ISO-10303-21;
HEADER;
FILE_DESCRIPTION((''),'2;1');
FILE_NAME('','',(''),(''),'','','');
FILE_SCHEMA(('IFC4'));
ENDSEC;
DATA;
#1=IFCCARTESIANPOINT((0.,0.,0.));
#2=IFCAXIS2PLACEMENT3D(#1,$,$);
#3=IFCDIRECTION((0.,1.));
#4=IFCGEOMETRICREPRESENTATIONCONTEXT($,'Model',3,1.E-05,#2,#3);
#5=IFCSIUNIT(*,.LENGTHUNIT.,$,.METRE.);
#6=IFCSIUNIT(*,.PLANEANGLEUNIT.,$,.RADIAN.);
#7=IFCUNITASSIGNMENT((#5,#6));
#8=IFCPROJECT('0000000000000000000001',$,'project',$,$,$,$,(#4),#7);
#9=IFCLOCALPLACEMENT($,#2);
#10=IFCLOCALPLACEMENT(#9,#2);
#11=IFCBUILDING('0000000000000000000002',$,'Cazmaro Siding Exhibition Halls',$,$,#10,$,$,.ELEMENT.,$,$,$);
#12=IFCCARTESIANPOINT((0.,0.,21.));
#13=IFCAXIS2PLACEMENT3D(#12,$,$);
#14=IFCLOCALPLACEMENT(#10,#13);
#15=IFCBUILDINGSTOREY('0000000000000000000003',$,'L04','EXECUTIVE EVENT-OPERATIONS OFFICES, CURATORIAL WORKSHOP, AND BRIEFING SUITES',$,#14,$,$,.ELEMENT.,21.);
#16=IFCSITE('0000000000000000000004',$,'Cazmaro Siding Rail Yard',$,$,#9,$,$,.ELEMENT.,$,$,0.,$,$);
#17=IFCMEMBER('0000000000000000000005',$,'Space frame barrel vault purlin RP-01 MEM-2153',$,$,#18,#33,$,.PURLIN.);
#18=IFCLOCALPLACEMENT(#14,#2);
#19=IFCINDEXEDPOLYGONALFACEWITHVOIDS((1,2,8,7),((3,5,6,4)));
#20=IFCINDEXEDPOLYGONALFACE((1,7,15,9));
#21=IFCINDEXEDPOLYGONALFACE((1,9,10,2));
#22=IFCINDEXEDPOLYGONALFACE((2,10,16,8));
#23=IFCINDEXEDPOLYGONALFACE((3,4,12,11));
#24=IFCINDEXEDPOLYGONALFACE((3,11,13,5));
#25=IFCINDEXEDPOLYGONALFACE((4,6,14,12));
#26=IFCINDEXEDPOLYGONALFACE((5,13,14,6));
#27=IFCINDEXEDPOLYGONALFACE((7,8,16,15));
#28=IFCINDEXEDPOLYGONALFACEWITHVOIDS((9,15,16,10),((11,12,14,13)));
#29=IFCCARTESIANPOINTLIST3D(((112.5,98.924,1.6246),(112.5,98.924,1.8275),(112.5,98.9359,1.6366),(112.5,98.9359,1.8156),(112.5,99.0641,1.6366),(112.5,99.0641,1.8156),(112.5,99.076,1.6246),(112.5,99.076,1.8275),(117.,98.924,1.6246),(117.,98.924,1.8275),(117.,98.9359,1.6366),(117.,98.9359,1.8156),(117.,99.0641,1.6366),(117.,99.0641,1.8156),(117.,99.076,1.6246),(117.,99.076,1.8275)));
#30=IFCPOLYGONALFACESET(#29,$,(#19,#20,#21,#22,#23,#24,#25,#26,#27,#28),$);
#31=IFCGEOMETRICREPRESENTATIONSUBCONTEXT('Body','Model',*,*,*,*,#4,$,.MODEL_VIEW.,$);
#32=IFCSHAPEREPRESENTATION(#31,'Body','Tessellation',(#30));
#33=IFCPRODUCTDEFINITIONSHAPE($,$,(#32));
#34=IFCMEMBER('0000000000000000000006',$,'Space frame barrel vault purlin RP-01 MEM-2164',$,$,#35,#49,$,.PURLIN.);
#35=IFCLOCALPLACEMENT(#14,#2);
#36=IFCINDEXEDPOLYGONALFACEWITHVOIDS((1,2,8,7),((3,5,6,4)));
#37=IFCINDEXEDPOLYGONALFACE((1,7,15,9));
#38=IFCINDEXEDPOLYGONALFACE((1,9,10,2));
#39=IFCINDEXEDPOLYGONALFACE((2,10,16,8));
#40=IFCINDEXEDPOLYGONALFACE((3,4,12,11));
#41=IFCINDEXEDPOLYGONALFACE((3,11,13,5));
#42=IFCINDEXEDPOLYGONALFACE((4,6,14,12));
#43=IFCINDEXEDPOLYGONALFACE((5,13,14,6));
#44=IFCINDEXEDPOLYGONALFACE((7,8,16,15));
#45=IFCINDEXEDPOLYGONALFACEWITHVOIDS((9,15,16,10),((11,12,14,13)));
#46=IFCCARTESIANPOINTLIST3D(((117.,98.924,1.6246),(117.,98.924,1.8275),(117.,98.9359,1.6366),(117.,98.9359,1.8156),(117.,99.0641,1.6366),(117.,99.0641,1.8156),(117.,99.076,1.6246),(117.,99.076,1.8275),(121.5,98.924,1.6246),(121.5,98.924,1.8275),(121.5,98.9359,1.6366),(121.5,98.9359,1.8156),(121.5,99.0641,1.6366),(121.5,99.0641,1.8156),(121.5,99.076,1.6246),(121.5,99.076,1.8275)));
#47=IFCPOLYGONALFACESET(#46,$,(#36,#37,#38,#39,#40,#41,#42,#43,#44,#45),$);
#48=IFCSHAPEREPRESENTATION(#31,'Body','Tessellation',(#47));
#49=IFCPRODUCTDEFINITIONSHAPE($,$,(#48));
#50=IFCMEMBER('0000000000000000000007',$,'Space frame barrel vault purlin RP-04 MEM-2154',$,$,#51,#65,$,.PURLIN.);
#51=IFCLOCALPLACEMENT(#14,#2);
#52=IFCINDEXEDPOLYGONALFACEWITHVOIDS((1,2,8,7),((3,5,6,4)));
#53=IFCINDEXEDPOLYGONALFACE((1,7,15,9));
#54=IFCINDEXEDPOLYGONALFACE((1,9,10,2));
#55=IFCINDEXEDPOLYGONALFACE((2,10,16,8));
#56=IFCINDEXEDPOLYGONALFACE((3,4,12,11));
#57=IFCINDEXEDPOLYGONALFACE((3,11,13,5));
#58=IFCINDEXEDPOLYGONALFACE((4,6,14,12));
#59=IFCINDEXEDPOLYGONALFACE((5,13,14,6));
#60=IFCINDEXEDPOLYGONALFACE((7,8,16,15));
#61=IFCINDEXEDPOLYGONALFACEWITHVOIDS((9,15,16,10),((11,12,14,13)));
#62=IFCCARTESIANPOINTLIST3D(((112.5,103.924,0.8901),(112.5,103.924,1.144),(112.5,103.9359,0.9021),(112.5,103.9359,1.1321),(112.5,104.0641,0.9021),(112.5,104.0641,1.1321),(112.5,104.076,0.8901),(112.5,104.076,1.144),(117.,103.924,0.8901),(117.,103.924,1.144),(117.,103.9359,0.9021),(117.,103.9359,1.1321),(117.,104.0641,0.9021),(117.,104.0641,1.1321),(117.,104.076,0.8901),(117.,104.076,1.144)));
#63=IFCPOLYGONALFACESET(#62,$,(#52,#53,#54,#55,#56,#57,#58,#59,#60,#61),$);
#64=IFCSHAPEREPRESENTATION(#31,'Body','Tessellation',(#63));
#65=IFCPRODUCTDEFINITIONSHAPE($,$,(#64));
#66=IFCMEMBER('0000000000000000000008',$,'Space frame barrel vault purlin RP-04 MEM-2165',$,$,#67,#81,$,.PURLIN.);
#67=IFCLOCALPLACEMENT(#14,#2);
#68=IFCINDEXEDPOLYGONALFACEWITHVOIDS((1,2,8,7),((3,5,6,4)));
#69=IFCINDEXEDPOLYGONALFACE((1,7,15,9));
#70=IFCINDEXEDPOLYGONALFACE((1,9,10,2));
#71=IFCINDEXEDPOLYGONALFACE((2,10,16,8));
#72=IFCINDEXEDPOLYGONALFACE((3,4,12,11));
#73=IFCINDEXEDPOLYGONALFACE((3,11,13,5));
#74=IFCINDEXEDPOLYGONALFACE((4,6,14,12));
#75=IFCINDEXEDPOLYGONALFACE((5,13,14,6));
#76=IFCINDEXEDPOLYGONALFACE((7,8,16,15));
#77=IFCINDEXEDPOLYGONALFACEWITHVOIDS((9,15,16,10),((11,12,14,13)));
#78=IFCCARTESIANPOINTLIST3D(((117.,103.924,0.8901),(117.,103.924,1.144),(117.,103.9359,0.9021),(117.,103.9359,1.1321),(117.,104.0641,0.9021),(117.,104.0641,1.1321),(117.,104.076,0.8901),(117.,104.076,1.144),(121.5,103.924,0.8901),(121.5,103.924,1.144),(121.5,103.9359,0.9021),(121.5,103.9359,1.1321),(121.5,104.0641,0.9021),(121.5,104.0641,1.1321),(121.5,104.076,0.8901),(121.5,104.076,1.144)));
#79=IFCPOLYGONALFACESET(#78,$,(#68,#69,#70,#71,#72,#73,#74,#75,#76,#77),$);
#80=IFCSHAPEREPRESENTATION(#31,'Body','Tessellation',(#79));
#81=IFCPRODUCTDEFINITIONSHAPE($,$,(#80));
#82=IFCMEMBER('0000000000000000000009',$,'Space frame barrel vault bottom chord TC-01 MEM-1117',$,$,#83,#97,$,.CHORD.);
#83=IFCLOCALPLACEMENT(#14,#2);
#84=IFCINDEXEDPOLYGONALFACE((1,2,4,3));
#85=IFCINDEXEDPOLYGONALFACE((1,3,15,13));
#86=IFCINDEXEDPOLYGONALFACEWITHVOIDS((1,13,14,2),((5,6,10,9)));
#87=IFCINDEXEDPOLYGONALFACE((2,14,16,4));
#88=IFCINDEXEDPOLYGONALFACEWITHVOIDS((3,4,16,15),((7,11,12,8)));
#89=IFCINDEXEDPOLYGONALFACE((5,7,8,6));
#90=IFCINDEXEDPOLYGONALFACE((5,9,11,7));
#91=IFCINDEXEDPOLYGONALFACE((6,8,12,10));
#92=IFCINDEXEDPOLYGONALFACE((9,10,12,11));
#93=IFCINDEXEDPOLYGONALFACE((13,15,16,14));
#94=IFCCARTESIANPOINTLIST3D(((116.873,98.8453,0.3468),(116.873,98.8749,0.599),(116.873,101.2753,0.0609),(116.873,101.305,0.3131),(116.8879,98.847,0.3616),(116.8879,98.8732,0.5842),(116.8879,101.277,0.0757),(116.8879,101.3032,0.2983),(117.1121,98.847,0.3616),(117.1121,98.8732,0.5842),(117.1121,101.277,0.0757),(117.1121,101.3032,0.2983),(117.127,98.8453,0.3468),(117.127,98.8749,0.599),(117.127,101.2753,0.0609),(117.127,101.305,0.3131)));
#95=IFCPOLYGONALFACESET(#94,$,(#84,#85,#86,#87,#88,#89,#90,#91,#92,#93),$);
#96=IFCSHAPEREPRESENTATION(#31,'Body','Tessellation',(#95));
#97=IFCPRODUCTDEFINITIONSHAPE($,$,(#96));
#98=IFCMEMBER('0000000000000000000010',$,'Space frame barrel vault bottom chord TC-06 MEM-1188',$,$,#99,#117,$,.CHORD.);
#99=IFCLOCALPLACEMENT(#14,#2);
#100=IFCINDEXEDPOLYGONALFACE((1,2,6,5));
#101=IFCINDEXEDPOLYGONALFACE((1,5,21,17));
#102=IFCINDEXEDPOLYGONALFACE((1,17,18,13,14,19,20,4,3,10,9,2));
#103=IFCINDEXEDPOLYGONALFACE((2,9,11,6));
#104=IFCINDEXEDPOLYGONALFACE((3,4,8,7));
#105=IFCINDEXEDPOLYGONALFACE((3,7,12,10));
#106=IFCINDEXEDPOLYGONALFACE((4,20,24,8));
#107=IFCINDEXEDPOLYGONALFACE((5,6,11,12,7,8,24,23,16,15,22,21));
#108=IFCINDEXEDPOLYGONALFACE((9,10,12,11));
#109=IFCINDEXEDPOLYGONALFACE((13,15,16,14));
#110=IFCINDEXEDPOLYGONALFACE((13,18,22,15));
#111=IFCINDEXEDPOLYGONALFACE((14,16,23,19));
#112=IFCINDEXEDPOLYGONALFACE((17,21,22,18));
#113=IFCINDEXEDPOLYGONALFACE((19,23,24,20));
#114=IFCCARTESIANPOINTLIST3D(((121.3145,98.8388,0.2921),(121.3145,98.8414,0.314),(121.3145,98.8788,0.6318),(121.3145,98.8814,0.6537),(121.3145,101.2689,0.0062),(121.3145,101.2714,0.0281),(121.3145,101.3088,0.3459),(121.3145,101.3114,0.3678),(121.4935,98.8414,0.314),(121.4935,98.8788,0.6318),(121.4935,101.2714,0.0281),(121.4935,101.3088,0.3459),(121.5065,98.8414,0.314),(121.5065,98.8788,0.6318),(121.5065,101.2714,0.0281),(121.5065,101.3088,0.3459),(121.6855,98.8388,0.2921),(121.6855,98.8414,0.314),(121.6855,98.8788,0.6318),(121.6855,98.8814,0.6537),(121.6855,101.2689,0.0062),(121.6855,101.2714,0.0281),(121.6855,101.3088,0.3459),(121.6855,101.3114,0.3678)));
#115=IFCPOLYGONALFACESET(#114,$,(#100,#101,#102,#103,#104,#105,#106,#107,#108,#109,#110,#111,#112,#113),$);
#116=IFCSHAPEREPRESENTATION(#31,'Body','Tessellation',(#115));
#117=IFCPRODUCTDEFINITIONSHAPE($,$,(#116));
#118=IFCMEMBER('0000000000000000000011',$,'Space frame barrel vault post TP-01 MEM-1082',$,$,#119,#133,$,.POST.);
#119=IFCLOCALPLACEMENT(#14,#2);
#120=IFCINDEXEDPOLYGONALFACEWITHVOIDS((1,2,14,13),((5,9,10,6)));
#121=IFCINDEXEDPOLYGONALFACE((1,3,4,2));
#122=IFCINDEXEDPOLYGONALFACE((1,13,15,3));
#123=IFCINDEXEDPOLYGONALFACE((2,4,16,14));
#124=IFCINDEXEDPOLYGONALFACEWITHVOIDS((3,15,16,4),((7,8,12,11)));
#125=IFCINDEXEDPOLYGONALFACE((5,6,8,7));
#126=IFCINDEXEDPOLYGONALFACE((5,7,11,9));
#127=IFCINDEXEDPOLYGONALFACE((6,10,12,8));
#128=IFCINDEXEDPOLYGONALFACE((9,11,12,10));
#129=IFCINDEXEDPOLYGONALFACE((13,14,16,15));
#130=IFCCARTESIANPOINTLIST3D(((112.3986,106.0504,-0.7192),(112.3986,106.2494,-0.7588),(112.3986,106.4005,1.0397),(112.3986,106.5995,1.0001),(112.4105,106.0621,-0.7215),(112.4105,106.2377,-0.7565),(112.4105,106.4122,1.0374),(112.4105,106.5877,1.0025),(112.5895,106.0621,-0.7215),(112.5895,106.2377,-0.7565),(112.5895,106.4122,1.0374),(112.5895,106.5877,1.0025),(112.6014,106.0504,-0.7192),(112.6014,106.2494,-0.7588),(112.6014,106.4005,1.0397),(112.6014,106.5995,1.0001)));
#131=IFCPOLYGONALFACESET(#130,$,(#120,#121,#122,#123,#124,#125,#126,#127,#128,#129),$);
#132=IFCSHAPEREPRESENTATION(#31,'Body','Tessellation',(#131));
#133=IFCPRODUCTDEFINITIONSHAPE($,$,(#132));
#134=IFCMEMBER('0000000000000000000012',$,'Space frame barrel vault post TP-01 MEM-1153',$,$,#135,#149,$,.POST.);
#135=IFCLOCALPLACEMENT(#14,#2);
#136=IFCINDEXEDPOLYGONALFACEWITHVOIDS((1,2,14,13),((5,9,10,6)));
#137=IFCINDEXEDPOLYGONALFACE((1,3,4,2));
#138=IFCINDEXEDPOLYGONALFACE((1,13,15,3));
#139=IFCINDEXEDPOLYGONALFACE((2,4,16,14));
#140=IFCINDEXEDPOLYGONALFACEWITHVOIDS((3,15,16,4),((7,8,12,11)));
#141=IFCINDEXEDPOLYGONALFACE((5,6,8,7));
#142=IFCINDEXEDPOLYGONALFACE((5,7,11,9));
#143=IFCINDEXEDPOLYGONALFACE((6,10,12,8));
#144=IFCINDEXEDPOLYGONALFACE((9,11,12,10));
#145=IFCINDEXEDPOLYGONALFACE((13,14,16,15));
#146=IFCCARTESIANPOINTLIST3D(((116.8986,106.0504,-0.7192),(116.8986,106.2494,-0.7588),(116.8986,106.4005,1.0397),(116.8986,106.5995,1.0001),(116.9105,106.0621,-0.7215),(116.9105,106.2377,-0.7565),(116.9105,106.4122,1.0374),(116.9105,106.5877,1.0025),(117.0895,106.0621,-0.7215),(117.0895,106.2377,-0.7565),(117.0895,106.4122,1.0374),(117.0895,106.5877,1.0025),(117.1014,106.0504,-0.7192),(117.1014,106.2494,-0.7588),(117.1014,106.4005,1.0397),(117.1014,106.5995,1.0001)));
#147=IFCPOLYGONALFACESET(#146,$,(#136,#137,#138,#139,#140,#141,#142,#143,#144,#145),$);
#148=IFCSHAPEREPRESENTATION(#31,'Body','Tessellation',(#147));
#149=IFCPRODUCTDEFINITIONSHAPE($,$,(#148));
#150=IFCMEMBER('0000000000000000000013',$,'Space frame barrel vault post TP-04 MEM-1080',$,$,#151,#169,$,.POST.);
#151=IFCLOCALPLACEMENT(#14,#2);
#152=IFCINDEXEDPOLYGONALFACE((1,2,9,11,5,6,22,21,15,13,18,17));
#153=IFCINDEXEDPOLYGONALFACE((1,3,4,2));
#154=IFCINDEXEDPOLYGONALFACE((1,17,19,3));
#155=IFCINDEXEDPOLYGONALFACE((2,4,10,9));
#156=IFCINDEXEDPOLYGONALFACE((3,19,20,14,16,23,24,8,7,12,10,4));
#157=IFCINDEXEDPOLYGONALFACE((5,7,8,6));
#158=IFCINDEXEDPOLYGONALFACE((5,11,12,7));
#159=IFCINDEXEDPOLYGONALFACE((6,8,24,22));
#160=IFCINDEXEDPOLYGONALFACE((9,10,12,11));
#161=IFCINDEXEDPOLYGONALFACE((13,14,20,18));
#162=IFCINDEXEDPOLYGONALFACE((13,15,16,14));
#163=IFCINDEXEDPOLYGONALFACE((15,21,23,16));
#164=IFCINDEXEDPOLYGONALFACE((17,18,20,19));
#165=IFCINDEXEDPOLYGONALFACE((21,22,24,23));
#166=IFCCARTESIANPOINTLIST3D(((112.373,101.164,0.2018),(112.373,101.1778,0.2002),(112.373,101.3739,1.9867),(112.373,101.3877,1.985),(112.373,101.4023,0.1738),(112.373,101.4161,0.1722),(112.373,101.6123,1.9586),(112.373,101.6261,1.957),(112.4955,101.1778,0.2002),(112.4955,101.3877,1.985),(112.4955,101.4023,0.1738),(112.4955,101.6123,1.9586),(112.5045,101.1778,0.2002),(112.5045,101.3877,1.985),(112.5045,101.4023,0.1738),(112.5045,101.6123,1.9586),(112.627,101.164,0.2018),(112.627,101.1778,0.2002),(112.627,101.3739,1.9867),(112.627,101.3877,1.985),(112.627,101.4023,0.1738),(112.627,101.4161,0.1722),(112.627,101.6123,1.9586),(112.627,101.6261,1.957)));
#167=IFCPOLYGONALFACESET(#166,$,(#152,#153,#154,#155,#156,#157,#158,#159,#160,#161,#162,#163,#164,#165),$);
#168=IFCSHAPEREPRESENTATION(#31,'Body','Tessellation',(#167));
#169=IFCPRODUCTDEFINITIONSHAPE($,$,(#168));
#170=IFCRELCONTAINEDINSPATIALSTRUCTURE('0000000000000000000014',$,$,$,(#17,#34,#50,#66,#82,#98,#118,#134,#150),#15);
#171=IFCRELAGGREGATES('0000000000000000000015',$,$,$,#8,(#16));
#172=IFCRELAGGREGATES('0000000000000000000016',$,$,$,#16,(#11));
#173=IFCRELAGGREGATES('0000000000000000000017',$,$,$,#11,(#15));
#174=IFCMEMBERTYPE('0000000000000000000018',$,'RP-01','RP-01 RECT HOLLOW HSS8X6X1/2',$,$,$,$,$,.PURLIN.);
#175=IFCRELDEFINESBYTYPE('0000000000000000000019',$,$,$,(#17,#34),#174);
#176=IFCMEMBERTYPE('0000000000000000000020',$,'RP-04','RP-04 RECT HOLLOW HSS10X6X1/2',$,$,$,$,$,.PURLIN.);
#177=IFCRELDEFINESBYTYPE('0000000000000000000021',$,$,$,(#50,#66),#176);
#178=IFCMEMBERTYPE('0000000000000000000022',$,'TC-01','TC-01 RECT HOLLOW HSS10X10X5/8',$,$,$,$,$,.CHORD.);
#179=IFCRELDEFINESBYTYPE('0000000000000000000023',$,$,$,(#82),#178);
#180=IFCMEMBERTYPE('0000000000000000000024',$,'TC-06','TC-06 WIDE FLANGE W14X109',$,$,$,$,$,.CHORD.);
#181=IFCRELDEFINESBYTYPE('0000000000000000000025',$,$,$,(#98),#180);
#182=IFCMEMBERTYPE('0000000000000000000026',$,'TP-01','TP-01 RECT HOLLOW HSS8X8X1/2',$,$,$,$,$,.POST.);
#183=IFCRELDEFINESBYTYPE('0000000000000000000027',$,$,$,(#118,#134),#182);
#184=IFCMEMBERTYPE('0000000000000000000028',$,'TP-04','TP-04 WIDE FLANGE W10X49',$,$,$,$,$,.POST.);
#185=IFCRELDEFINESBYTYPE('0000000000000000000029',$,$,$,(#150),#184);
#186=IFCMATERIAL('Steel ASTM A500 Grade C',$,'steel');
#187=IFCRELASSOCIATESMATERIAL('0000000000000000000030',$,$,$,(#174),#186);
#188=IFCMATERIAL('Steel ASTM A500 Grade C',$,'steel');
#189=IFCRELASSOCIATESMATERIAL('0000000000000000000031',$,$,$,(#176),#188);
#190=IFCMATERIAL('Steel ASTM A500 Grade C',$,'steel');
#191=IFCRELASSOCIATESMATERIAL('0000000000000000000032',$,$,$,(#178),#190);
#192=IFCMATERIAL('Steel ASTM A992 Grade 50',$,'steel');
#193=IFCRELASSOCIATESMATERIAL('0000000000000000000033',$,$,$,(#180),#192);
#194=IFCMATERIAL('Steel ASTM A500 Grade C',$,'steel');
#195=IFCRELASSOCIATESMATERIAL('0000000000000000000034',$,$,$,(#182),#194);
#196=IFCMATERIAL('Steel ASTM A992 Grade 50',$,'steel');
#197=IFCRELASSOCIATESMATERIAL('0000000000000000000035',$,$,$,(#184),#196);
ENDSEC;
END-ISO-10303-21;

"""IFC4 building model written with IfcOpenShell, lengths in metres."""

from ifc_helpers import new_model, si_unit, direction, frame, origin, origin_2d, place, context, subcontext, project, spatial, hollow_rectangle, i_section, extrude, material, material_profile, profile_set, type_object, element, save


model = new_model("IFC4")

# Units and contexts
model_context = context("Model", 3, precision=1e-05, world=origin(), true_north=direction((0.0, 1.0)))
body_context = subcontext(model_context, "Body", "Model", "MODEL_VIEW")
ifc_project = project(units=[si_unit("LENGTHUNIT", "METRE"), si_unit("PLANEANGLEUNIT", "RADIAN")], contexts=[model_context])

# Site, building, storey
site_placement = place(None, origin())
site = spatial("IfcSite", under=ifc_project, at=site_placement, Name="Cazmaro Siding Rail Yard", CompositionType="ELEMENT", RefElevation=0.0)
building_placement = place(site_placement, origin())
building = spatial("IfcBuilding", under=site, at=building_placement, Name="Cazmaro Siding Exhibition Halls", CompositionType="ELEMENT")
storey_placement = place(building_placement, frame((0.0, 0.0, 21.0)))
storey = spatial("IfcBuildingStorey", under=building, at=storey_placement, Name="L04", Description="EXECUTIVE EVENT-OPERATIONS OFFICES, CURATORIAL WORKSHOP, AND BRIEFING SUITES", CompositionType="ELEMENT", Elevation=21.0)

# Members
ifc_material_1 = material(Name="Steel ASTM A500 Grade C", Category="steel")
ifc_material_profile_1 = material_profile(ifc_material_1, hollow_rectangle(XDim=0.1521, YDim=0.2029, WallThickness=0.012, at=origin_2d()), Name="HSS8X6X1/2")
ifc_profile_set_1 = profile_set([ifc_material_profile_1], Name="Steel ASTM A500 Grade C")
member_type_1 = type_object("IfcMemberType", Name="RP-01", Description="RP-01 RECT HOLLOW HSS8X6X1/2", PredefinedType="PURLIN", material=ifc_profile_set_1)
for number, where, z_axis, x_axis, name in (
    (1, (112.5, 99.0, 1.7261), (1.0, 0.0, 0.0), (0.0, 1.0, 0.0), "Space frame barrel vault purlin RP-01 MEM-2153"),
    (2, (117.0, 99.0, 1.7261), (1.0, 0.0, 0.0), (0.0, 1.0, 0.0), "Space frame barrel vault purlin RP-01 MEM-2164"),
):
    element("IfcMember", number, at=place(storey_placement, frame(where, z_axis=z_axis, x_axis=x_axis)), inside=storey, type_object=member_type_1, Name=name, PredefinedType="PURLIN", context=body_context, shape_type="SweptSolid", body=[
        extrude(hollow_rectangle(XDim=0.1521, YDim=0.2029, WallThickness=0.012, at=origin_2d()), origin(), (0.0, 0.0, 1.0), 4.5),
    ])
ifc_material_2 = material(Name="Steel ASTM A500 Grade C", Category="steel")
ifc_material_profile_2 = material_profile(ifc_material_2, hollow_rectangle(XDim=0.1521, YDim=0.2539, WallThickness=0.012, at=origin_2d()), Name="HSS10X6X1/2")
ifc_profile_set_2 = profile_set([ifc_material_profile_2], Name="Steel ASTM A500 Grade C")
member_type_2 = type_object("IfcMemberType", Name="RP-04", Description="RP-04 RECT HOLLOW HSS10X6X1/2", PredefinedType="PURLIN", material=ifc_profile_set_2)
for number, where, z_axis, x_axis, name in (
    (3, (112.5, 104.0, 1.0171), (1.0, 0.0, 0.0), (0.0, 1.0, 0.0), "Space frame barrel vault purlin RP-04 MEM-2154"),
    (4, (117.0, 104.0, 1.0171), (1.0, 0.0, 0.0), (0.0, 1.0, 0.0), "Space frame barrel vault purlin RP-04 MEM-2165"),
):
    element("IfcMember", number, at=place(storey_placement, frame(where, z_axis=z_axis, x_axis=x_axis)), inside=storey, type_object=member_type_2, Name=name, PredefinedType="PURLIN", context=body_context, shape_type="SweptSolid", body=[
        extrude(hollow_rectangle(XDim=0.1521, YDim=0.2539, WallThickness=0.012, at=origin_2d()), origin(), (0.0, 0.0, 1.0), 4.5),
    ])
ifc_material_3 = material(Name="Steel ASTM A500 Grade C", Category="steel")
ifc_material_profile_3 = material_profile(ifc_material_3, hollow_rectangle(XDim=0.2539, YDim=0.2539, WallThickness=0.0149, at=origin_2d()), Name="HSS10X10X5/8")
ifc_profile_set_3 = profile_set([ifc_material_profile_3], Name="Steel ASTM A500 Grade C")
member_type_3 = type_object("IfcMemberType", Name="TC-01", Description="TC-01 RECT HOLLOW HSS10X10X5/8", PredefinedType="CHORD", material=ifc_profile_set_3)
member_1_placement = place(storey_placement, frame((117.0, 98.8601, 0.4729), z_axis=(0.0, 0.99315, -0.116847), x_axis=(-1.0, 0.0, 0.0)))
element("IfcMember", 5, at=member_1_placement, inside=storey, type_object=member_type_3, Name="Space frame barrel vault bottom chord TC-01 MEM-1117", PredefinedType="CHORD", context=body_context, shape_type="SweptSolid", body=[
    extrude(hollow_rectangle(XDim=0.2539, YDim=0.2539, WallThickness=0.0149, at=origin_2d()), origin(), (0.0, 0.0, 1.0), 2.4468),
])
ifc_material_4 = material(Name="Steel ASTM A992 Grade 50", Category="steel")
ifc_material_profile_4 = material_profile(ifc_material_4, i_section(OverallWidth=0.3711, OverallDepth=0.364, WebThickness=0.0129, FlangeThickness=0.022, at=origin_2d()), Name="W14X109")
ifc_profile_set_4 = profile_set([ifc_material_profile_4], Name="Steel ASTM A992 Grade 50")
member_type_4 = type_object("IfcMemberType", Name="TC-06", Description="TC-06 WIDE FLANGE W14X109", PredefinedType="CHORD", material=ifc_profile_set_4)
member_2_placement = place(storey_placement, frame((121.5, 98.8601, 0.4729), z_axis=(0.0, 0.99315, -0.116847), x_axis=(-1.0, 0.0, 0.0)))
element("IfcMember", 6, at=member_2_placement, inside=storey, type_object=member_type_4, Name="Space frame barrel vault bottom chord TC-06 MEM-1188", PredefinedType="CHORD", context=body_context, shape_type="SweptSolid", body=[
    extrude(i_section(OverallWidth=0.3711, OverallDepth=0.364, WebThickness=0.0129, FlangeThickness=0.022, at=origin_2d()), origin(), (0.0, 0.0, 1.0), 2.4468),
])
ifc_material_5 = material(Name="Steel ASTM A500 Grade C", Category="steel")
ifc_material_profile_5 = material_profile(ifc_material_5, hollow_rectangle(XDim=0.2029, YDim=0.2029, WallThickness=0.012, at=origin_2d()), Name="HSS8X8X1/2")
ifc_profile_set_5 = profile_set([ifc_material_profile_5], Name="Steel ASTM A500 Grade C")
member_type_5 = type_object("IfcMemberType", Name="TP-01", Description="TP-01 RECT HOLLOW HSS8X8X1/2", PredefinedType="POST", material=ifc_profile_set_5)
for number, where, z_axis, x_axis, name in (
    (7, (112.5, 106.1499, -0.739), (0.0, 0.1952, 0.980763), (-1.0, 0.0, 0.0), "Space frame barrel vault post TP-01 MEM-1082"),
    (8, (117.0, 106.1499, -0.739), (0.0, 0.1952, 0.980763), (-1.0, 0.0, 0.0), "Space frame barrel vault post TP-01 MEM-1153"),
):
    element("IfcMember", number, at=place(storey_placement, frame(where, z_axis=z_axis, x_axis=x_axis)), inside=storey, type_object=member_type_5, Name=name, PredefinedType="POST", context=body_context, shape_type="SweptSolid", body=[
        extrude(hollow_rectangle(XDim=0.2029, YDim=0.2029, WallThickness=0.012, at=origin_2d()), origin(), (0.0, 0.0, 1.0), 1.7935),
    ])
ifc_material_6 = material(Name="Steel ASTM A992 Grade 50", Category="steel")
ifc_material_profile_6 = material_profile(ifc_material_6, i_section(OverallWidth=0.2539, OverallDepth=0.2539, WebThickness=0.009, FlangeThickness=0.0139, at=origin_2d()), Name="W10X49")
ifc_profile_set_6 = profile_set([ifc_material_profile_6], Name="Steel ASTM A992 Grade 50")
member_type_6 = type_object("IfcMemberType", Name="TP-04", Description="TP-04 WIDE FLANGE W10X49", PredefinedType="POST", material=ifc_profile_set_6)
member_3_placement = place(storey_placement, frame((112.5, 101.29, 0.187), z_axis=(0.0, 0.116825, 0.993152), x_axis=(-1.0, 0.0, 0.0)))
element("IfcMember", 9, at=member_3_placement, inside=storey, type_object=member_type_6, Name="Space frame barrel vault post TP-04 MEM-1080", PredefinedType="POST", context=body_context, shape_type="SweptSolid", body=[
    extrude(i_section(OverallWidth=0.2539, OverallDepth=0.2539, WebThickness=0.009, FlangeThickness=0.0139, at=origin_2d()), origin(), (0.0, 0.0, 1.0), 1.7971),
])

save(model, "model.ifc")
